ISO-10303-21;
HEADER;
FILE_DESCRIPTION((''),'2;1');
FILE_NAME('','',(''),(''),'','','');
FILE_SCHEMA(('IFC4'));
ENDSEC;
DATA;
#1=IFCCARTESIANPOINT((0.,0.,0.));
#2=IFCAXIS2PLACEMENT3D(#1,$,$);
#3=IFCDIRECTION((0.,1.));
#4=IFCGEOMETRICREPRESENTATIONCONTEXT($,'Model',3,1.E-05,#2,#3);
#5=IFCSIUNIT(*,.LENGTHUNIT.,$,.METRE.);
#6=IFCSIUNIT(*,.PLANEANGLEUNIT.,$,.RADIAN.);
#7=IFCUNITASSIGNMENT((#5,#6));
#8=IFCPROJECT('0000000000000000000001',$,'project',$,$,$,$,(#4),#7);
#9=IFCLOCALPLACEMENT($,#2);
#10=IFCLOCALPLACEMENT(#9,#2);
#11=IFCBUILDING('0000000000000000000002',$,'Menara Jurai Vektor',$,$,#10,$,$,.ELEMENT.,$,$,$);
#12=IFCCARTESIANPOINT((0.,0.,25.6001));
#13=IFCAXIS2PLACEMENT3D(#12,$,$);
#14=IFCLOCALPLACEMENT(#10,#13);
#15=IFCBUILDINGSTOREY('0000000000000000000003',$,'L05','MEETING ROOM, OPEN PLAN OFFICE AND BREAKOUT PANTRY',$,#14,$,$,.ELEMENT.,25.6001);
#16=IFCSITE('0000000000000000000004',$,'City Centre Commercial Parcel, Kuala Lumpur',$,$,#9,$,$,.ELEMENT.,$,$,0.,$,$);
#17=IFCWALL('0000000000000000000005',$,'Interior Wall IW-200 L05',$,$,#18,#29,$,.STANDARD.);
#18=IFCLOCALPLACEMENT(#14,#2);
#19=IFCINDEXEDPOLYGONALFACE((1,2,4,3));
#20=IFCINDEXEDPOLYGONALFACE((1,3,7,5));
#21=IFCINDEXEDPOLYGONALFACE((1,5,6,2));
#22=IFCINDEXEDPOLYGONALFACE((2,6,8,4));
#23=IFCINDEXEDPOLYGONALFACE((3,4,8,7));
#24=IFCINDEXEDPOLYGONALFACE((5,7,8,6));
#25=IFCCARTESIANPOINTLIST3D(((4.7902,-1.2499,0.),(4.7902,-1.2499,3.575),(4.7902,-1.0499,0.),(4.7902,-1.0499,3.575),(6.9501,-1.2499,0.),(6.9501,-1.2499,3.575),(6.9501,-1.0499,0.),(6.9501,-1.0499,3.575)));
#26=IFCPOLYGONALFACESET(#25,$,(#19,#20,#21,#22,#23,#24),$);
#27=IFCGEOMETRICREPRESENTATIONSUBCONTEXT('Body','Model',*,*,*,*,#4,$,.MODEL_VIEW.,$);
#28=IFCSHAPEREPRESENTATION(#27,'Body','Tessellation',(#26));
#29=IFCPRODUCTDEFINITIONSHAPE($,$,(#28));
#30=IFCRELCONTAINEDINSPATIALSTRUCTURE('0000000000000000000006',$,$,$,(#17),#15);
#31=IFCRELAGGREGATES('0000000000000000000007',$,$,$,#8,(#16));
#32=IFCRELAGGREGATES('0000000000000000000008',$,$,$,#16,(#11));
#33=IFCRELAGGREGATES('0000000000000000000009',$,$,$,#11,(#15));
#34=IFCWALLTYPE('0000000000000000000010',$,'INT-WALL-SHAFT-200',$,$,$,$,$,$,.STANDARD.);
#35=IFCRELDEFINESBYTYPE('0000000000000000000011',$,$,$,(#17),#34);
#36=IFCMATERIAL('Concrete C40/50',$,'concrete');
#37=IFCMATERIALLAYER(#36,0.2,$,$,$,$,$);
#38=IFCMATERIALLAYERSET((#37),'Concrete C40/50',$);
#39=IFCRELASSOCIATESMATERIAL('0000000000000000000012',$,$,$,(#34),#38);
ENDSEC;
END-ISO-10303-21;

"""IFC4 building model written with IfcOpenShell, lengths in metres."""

from ifc_helpers import new_model, si_unit, direction, frame, frame_2d, origin, place, context, subcontext, project, spatial, rectangle, extrude, material, layer, layer_set, type_object, element, save


model = new_model("IFC4")

# Units and contexts
model_context = context("Model", 3, precision=1e-05, world=origin(), true_north=direction((0.0, 1.0)))
body_context = subcontext(model_context, "Body", "Model", "MODEL_VIEW")
ifc_project = project(units=[si_unit("LENGTHUNIT", "METRE"), si_unit("PLANEANGLEUNIT", "RADIAN")], contexts=[model_context])

# Site, building, storey
site_placement = place(None, origin())
site = spatial("IfcSite", under=ifc_project, at=site_placement, Name="City Centre Commercial Parcel, Kuala Lumpur", CompositionType="ELEMENT", RefElevation=0.0)
building_placement = place(site_placement, origin())
building = spatial("IfcBuilding", under=site, at=building_placement, Name="Menara Jurai Vektor", CompositionType="ELEMENT")
storey_placement = place(building_placement, frame((0.0, 0.0, 25.6001)))
storey = spatial("IfcBuildingStorey", under=building, at=storey_placement, Name="L05", Description="MEETING ROOM, OPEN PLAN OFFICE AND BREAKOUT PANTRY", CompositionType="ELEMENT", Elevation=25.6001)

# Shared definitions
ifc_material_1 = material(Name="Concrete C40/50", Category="concrete")

# Shared definitions
ifc_layer_1 = layer(ifc_material_1, 0.2)
ifc_layer_set_1 = layer_set([ifc_layer_1], Name="Concrete C40/50")
wall_type_1 = type_object("IfcWallType", Name="INT-WALL-SHAFT-200", PredefinedType="STANDARD", material=ifc_layer_set_1)

# Wall
wall_1_placement = place(storey_placement, frame((4.79, -1.1499, 0.0), z_axis=(0.0, 0.0, 1.0), x_axis=(1.0, 0.0, 0.0)))
element("IfcWall", 1, at=wall_1_placement, inside=storey, type_object=wall_type_1, Name="Interior Wall IW-200 L05", PredefinedType="STANDARD", context=body_context, shape_type="SweptSolid", body=[
    extrude(rectangle(XDim=2.1599, YDim=0.2, at=frame_2d((1.0801, 0.0))), origin(), (0.0, 0.0, 1.0), 3.575),
])

save(model, "model.ifc")
